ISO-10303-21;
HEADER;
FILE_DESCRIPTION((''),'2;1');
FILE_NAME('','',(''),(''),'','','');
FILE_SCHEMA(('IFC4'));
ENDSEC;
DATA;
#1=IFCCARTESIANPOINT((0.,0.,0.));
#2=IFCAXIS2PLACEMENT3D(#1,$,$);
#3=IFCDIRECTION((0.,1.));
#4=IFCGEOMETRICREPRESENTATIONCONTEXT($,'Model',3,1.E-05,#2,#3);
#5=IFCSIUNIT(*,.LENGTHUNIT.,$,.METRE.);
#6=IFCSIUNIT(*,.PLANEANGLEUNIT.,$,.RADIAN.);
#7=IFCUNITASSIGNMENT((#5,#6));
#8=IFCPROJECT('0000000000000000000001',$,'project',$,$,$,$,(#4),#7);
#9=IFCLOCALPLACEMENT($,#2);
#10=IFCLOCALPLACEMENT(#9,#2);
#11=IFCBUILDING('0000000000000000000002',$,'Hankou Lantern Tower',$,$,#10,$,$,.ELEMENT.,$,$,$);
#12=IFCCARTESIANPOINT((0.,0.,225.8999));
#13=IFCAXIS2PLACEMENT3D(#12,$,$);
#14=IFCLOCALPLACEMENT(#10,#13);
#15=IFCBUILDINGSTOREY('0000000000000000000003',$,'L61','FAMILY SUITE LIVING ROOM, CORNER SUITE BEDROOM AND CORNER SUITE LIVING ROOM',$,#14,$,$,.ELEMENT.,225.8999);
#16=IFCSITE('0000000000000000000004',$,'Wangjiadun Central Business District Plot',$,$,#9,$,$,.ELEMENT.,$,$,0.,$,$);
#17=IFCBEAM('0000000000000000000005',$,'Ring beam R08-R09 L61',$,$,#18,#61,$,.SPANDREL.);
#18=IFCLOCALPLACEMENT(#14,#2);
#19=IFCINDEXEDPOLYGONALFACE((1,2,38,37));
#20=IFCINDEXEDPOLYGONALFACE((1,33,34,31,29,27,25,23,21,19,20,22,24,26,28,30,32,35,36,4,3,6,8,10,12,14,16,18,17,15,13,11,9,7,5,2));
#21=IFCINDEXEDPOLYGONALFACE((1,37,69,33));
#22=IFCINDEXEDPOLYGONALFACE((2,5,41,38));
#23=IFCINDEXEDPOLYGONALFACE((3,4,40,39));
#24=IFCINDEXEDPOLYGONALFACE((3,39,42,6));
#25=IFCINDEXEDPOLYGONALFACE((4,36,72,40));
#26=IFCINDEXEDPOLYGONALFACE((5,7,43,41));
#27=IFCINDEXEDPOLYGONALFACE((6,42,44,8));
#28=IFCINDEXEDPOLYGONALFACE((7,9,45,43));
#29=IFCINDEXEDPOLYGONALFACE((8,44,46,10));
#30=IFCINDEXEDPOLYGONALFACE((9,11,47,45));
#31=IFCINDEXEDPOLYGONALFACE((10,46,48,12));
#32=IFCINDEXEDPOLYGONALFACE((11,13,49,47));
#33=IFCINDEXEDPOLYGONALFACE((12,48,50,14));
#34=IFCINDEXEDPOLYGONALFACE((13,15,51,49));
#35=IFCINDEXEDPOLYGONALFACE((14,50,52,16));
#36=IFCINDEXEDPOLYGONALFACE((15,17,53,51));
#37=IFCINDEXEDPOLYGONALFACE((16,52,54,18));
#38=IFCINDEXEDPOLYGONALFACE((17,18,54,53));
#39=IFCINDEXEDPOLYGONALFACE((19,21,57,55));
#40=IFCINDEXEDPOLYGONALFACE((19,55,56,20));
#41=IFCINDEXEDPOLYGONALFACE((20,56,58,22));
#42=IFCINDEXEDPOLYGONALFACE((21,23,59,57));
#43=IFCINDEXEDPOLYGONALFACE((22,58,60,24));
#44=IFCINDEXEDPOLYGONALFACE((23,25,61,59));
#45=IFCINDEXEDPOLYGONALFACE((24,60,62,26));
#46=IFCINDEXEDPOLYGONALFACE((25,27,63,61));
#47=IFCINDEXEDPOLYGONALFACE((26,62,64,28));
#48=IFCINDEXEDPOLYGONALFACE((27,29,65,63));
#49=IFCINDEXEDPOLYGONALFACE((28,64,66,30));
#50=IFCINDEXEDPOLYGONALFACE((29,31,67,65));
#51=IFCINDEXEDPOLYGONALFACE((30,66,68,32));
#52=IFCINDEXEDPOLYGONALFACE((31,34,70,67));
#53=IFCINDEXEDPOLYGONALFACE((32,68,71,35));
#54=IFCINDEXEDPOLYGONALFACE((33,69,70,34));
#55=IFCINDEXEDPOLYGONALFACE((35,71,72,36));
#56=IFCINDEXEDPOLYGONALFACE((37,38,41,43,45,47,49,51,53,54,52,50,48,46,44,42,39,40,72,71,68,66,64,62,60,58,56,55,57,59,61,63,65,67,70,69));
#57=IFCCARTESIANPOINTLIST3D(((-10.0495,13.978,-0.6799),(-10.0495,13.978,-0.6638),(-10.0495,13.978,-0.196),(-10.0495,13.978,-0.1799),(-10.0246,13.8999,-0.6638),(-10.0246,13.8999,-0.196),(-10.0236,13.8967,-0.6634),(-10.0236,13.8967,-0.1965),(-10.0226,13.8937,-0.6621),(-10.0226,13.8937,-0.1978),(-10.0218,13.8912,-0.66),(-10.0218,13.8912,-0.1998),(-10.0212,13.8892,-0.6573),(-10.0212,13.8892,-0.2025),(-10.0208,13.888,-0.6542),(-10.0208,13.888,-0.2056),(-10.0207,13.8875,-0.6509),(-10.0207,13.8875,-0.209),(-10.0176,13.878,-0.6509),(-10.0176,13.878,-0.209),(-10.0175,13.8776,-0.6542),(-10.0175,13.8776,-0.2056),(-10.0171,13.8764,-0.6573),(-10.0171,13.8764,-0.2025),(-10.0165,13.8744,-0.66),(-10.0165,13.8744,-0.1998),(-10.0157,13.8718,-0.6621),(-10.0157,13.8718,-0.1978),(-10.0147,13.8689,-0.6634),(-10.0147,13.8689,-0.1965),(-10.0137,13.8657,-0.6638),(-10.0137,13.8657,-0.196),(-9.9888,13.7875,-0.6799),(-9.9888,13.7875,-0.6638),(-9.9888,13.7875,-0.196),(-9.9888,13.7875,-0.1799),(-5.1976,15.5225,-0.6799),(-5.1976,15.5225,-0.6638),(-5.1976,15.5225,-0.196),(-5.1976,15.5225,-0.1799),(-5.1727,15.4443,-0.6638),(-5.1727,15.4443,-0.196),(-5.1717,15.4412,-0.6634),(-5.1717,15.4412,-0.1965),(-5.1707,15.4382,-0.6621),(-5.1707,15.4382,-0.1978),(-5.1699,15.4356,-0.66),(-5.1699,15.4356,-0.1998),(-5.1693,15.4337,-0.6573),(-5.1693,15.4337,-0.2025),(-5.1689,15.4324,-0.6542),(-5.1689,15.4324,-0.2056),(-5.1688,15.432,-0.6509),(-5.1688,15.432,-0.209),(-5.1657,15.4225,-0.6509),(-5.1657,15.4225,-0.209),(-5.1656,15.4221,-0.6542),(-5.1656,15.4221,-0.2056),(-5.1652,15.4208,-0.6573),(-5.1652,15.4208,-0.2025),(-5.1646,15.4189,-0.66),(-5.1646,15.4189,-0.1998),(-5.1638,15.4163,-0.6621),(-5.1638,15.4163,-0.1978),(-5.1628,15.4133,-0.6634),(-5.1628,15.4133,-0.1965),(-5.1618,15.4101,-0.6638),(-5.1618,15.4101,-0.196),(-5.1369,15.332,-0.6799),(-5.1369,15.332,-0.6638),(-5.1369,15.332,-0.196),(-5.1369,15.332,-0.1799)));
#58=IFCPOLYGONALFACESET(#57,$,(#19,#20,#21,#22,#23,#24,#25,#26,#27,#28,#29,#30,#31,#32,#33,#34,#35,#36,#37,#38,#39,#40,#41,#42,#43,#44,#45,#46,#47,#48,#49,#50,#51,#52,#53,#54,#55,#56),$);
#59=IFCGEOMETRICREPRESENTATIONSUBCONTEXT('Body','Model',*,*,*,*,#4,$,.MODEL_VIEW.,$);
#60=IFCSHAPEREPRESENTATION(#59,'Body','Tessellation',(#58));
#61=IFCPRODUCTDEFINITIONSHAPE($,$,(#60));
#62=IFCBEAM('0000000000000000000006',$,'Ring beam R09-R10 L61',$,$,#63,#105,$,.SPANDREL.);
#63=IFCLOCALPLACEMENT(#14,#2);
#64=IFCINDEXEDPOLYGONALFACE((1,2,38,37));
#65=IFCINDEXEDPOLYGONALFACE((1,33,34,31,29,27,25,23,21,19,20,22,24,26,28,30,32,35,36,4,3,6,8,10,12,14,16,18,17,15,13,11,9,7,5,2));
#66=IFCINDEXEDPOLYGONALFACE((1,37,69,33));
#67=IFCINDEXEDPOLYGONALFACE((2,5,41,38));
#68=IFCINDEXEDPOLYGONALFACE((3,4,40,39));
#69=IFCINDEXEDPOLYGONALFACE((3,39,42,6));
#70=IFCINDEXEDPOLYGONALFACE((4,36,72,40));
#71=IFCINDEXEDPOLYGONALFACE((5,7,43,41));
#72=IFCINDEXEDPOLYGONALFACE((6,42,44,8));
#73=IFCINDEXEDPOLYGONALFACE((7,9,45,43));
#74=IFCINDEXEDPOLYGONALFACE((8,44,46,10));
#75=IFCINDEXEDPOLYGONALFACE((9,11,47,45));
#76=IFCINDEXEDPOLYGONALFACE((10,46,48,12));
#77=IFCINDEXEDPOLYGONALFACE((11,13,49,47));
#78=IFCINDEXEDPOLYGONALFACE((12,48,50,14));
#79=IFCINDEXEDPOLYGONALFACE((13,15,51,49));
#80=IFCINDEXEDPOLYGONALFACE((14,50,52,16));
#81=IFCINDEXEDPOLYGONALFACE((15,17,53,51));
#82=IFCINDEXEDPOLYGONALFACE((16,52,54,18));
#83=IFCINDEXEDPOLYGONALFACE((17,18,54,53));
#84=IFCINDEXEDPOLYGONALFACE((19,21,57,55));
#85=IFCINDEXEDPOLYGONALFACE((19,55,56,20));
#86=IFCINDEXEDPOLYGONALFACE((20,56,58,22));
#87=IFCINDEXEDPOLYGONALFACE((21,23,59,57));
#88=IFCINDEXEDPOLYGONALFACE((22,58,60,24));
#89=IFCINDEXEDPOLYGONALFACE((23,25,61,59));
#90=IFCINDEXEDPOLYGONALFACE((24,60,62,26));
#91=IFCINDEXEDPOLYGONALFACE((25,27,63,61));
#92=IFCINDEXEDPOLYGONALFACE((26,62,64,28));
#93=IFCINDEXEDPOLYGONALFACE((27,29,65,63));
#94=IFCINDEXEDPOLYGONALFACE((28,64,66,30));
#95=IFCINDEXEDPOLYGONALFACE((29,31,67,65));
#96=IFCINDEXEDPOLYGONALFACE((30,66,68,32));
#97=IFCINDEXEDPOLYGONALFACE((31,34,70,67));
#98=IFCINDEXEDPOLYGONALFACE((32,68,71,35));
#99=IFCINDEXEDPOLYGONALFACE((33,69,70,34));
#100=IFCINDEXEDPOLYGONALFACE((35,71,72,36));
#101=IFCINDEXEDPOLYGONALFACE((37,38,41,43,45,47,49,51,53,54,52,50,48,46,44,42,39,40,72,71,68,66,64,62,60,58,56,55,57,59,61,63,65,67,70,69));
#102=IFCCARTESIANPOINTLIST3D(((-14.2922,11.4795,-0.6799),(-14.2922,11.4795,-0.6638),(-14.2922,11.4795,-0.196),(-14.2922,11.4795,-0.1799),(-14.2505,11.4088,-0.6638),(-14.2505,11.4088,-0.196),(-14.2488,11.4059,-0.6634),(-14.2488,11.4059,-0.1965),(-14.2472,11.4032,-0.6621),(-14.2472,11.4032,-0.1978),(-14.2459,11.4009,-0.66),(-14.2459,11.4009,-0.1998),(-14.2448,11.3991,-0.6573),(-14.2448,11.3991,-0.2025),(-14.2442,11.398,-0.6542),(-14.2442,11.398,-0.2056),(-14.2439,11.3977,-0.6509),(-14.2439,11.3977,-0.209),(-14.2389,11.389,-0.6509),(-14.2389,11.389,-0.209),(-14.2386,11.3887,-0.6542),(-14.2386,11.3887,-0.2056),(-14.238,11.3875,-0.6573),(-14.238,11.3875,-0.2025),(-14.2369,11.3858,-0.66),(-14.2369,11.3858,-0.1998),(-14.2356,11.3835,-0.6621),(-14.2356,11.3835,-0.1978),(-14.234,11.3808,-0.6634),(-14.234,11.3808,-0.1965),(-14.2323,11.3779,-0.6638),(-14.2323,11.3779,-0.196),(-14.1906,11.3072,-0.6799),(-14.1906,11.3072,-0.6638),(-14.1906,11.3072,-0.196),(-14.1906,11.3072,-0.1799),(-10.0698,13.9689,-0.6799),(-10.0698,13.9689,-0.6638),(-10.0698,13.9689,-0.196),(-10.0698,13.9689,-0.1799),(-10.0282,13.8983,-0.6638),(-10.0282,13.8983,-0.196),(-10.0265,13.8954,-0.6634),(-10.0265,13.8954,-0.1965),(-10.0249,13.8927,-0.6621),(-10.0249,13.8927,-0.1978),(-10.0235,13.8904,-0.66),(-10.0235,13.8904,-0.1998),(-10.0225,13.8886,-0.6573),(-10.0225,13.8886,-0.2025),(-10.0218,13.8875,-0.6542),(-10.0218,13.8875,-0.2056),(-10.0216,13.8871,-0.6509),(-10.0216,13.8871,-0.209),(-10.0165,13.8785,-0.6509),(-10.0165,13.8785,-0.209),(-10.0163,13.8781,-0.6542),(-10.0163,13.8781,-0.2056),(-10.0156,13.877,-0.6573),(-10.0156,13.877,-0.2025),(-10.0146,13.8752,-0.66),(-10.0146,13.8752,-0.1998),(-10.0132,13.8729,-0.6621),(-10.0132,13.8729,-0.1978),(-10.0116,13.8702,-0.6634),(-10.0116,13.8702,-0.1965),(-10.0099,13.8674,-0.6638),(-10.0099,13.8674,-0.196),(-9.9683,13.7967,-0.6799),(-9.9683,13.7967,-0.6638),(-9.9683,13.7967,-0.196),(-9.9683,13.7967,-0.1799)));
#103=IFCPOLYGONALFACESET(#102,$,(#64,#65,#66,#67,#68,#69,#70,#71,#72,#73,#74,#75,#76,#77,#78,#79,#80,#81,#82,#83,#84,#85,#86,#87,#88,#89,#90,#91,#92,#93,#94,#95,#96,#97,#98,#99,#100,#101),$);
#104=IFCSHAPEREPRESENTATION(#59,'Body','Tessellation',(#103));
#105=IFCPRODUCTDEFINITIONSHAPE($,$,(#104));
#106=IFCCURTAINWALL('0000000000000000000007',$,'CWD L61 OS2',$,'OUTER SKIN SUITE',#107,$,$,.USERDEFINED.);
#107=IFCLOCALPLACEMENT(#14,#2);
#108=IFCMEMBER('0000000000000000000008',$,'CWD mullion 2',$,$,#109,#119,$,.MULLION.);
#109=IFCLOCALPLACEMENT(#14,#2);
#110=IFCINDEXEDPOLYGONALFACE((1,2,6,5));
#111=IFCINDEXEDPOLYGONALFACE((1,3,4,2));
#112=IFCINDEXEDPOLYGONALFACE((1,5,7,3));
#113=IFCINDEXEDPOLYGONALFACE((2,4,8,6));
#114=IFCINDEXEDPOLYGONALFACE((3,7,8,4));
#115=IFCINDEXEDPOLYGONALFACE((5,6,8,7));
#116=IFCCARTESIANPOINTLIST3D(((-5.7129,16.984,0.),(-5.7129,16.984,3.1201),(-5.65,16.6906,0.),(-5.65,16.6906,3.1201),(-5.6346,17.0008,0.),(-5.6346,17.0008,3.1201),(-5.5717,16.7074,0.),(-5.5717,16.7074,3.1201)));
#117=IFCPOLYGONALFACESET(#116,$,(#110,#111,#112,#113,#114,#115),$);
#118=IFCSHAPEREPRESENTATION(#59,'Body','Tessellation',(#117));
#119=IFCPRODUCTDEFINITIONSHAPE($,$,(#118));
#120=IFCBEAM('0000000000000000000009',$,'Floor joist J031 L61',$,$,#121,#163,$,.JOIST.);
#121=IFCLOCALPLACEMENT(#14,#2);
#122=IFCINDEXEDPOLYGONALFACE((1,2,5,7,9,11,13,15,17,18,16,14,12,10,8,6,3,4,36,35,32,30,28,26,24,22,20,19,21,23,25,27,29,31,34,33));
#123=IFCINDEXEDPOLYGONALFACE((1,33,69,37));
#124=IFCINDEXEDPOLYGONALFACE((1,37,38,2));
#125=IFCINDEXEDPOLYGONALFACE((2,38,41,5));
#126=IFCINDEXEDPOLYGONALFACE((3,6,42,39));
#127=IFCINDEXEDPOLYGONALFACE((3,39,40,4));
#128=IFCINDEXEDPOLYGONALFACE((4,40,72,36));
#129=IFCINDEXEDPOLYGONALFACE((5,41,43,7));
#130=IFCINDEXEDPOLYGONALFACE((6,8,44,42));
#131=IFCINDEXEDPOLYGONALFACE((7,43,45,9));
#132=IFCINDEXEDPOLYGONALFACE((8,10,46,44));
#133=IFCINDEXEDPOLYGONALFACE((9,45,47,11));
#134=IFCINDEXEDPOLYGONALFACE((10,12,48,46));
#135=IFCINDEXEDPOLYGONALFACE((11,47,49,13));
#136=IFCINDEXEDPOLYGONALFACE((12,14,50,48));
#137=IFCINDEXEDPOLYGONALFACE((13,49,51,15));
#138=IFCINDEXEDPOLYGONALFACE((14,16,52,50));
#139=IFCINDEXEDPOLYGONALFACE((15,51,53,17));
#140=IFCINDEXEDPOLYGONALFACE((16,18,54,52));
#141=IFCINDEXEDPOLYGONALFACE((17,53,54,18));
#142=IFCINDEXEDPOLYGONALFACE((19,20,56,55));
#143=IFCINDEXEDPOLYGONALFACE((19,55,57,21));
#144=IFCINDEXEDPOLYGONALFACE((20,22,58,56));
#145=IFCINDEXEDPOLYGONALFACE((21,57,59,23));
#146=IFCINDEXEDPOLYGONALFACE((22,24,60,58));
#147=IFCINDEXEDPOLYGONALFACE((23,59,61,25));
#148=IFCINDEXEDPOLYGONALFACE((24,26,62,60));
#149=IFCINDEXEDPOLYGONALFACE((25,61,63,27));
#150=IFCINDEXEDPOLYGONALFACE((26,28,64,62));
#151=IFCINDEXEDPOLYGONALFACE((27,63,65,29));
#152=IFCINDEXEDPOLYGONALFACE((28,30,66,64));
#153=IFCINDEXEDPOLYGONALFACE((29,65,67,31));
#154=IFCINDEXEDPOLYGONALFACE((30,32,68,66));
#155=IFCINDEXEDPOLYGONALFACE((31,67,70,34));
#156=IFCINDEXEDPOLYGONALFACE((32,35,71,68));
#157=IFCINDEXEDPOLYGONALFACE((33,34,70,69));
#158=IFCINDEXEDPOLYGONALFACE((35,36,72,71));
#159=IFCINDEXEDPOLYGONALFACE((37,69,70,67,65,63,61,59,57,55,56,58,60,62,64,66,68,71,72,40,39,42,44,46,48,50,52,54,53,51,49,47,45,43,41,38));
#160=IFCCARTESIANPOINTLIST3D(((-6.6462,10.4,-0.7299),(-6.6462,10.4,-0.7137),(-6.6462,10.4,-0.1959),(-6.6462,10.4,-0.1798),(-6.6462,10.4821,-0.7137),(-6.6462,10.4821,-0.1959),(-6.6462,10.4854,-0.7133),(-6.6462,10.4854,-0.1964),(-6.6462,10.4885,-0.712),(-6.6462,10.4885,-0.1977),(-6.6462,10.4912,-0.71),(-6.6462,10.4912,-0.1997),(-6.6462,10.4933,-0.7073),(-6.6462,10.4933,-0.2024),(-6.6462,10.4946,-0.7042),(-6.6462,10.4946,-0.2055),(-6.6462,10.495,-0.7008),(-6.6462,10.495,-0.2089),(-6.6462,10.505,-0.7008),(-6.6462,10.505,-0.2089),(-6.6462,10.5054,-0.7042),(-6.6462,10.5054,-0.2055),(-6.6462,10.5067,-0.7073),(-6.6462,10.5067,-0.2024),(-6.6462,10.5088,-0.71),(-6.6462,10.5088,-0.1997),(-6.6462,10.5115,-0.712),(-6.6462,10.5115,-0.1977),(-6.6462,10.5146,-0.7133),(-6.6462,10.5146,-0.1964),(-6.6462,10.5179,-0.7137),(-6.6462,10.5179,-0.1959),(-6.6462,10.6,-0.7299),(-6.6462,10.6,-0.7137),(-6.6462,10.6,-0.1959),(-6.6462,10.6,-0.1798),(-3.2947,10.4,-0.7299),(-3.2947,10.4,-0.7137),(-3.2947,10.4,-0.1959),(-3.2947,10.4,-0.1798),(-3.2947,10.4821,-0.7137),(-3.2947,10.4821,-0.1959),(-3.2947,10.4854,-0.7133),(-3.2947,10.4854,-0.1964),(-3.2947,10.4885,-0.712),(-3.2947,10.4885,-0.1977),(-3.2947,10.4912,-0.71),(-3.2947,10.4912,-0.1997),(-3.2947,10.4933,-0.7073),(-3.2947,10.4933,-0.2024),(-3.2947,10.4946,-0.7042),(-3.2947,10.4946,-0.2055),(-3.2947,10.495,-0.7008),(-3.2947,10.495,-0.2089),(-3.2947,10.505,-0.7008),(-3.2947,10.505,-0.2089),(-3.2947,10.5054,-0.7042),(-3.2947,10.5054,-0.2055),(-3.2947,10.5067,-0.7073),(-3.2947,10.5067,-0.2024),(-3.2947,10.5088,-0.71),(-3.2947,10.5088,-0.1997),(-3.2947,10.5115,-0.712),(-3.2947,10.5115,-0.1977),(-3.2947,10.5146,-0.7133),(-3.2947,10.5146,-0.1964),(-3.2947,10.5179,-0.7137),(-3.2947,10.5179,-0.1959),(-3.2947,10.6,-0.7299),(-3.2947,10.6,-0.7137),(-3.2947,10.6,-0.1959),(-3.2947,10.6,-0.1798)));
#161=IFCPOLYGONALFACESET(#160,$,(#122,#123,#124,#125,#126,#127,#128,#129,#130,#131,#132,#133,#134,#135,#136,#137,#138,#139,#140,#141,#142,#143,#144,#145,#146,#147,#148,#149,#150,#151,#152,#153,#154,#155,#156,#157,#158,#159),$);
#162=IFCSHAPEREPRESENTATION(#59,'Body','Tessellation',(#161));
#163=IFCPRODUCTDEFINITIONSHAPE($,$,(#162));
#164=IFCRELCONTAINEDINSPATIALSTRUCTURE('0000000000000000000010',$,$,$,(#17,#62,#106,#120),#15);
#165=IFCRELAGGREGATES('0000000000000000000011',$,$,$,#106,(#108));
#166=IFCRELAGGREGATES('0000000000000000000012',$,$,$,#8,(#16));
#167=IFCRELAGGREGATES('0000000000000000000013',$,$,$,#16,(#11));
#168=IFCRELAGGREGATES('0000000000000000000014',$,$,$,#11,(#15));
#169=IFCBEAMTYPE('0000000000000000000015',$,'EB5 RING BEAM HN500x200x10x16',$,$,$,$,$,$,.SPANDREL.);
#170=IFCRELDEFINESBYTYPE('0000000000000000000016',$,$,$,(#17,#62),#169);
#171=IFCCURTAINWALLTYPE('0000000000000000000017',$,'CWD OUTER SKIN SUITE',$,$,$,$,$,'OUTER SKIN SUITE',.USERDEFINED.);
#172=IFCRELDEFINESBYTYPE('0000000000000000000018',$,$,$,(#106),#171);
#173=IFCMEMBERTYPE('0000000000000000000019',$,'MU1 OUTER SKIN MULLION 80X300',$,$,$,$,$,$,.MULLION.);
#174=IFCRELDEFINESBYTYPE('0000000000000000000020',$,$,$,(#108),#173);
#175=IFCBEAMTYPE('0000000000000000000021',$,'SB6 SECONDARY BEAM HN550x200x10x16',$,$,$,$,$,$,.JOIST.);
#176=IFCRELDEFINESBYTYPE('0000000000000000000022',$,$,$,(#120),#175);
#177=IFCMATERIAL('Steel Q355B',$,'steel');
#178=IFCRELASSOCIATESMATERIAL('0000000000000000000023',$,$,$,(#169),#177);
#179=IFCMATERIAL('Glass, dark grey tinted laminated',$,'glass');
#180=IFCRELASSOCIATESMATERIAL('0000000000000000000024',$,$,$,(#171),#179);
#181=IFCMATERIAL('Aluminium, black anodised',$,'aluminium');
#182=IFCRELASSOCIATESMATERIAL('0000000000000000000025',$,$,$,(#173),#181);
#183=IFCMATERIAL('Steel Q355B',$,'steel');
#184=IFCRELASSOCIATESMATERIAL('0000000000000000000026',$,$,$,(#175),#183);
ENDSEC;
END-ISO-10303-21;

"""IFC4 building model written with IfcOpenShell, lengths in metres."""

from ifc_helpers import new_model, si_unit, direction, frame, origin, origin_2d, place, context, subcontext, project, spatial, rectangle, i_section, extrude, material, material_profile, profile_set, type_object, element, aggregate, save


model = new_model("IFC4")

# Units and contexts
model_context = context("Model", 3, precision=1e-05, world=origin(), true_north=direction((0.0, 1.0)))
body_context = subcontext(model_context, "Body", "Model", "MODEL_VIEW")
ifc_project = project(units=[si_unit("LENGTHUNIT", "METRE"), si_unit("PLANEANGLEUNIT", "RADIAN")], contexts=[model_context])

# Site, building, storey
site_placement = place(None, origin())
site = spatial("IfcSite", under=ifc_project, at=site_placement, Name="Wangjiadun Central Business District Plot", CompositionType="ELEMENT", RefElevation=0.0)
building_placement = place(site_placement, origin())
building = spatial("IfcBuilding", under=site, at=building_placement, Name="Hankou Lantern Tower", CompositionType="ELEMENT")
storey_placement = place(building_placement, frame((0.0, 0.0, 225.8999)))
storey = spatial("IfcBuildingStorey", under=building, at=storey_placement, Name="L61", Description="FAMILY SUITE LIVING ROOM, CORNER SUITE BEDROOM AND CORNER SUITE LIVING ROOM", CompositionType="ELEMENT", Elevation=225.8999)

# Beams
ifc_material_1 = material(Name="Steel Q355B", Category="steel")
ifc_material_profile_1 = material_profile(ifc_material_1, i_section(OverallWidth=0.2, OverallDepth=0.5, WebThickness=0.01, FlangeThickness=0.0161, FilletRadius=0.0129, at=origin_2d()), Name="HN500x200x10x16")
ifc_profile_set_1 = profile_set([ifc_material_profile_1], Name="Steel Q355B")
beam_type_1 = type_object("IfcBeamType", Name="EB5 RING BEAM HN500x200x10x16", PredefinedType="SPANDREL", material=ifc_profile_set_1)
beam_1_placement = place(storey_placement, frame((-5.1672, 15.4272, -0.4299), z_axis=(-0.952887, -0.303324, 0.0), x_axis=(0.303324, -0.952887, 0.0)))
element("IfcBeam", 1, at=beam_1_placement, inside=storey, type_object=beam_type_1, Name="Ring beam R08-R09 L61", PredefinedType="SPANDREL", context=body_context, shape_type="SweptSolid", body=[
    extrude(i_section(OverallWidth=0.2, OverallDepth=0.5, WebThickness=0.01, FlangeThickness=0.0161, FilletRadius=0.0129, at=origin_2d()), origin(), (0.0, 0.0, 1.0), 5.0918),
])
beam_2_placement = place(storey_placement, frame((-10.019, 13.8828, -0.4299), z_axis=(-0.861423, -0.507888, 0.0), x_axis=(0.507888, -0.861423, 0.0)))
element("IfcBeam", 2, at=beam_2_placement, inside=storey, type_object=beam_type_1, Name="Ring beam R09-R10 L61", PredefinedType="SPANDREL", context=body_context, shape_type="SweptSolid", body=[
    extrude(i_section(OverallWidth=0.2, OverallDepth=0.5, WebThickness=0.01, FlangeThickness=0.0161, FilletRadius=0.0129, at=origin_2d()), origin(), (0.0, 0.0, 1.0), 4.9016),
])

# Curtain wall, member
ifc_material_2 = material(Name="Glass, dark grey tinted laminated", Category="glass")
curtain_wall_type = type_object("IfcCurtainWallType", Name="CWD OUTER SKIN SUITE", ElementType="OUTER SKIN SUITE", PredefinedType="USERDEFINED", material=ifc_material_2)
curtain_wall_placement = place(storey_placement, origin())
curtain_wall = element("IfcCurtainWall", 3, at=curtain_wall_placement, inside=storey, type_object=curtain_wall_type, Name="CWD L61 OS2", ObjectType="OUTER SKIN SUITE", PredefinedType="USERDEFINED")
ifc_material_3 = material(Name="Aluminium, black anodised", Category="aluminium")
ifc_material_profile_2 = material_profile(ifc_material_3, rectangle(XDim=0.0801, YDim=0.3, at=origin_2d()), Name="MU1 80X300")
ifc_profile_set_2 = profile_set([ifc_material_profile_2], Name="Aluminium, black anodised")
member_type_1 = type_object("IfcMemberType", Name="MU1 OUTER SKIN MULLION 80X300", PredefinedType="MULLION", material=ifc_profile_set_2)
member_1_placement = place(storey_placement, frame((-5.6423, 16.8457, 0.0), z_axis=(0.0, 0.0, 1.0), x_axis=(-0.977788, -0.209598, 0.0)))
member_1 = element("IfcMember", 4, at=member_1_placement, type_object=member_type_1, Name="CWD mullion 2", PredefinedType="MULLION", context=body_context, shape_type="SweptSolid", body=[
    extrude(rectangle(XDim=0.0801, YDim=0.3, at=origin_2d()), origin(), (0.0, 0.0, 1.0), 3.1201),
])

# Beam
ifc_material_4 = material(Name="Steel Q355B", Category="steel")
ifc_material_profile_3 = material_profile(ifc_material_4, i_section(OverallWidth=0.2, OverallDepth=0.55, WebThickness=0.01, FlangeThickness=0.0161, FilletRadius=0.0129, at=origin_2d()), Name="HN550x200x10x16")
ifc_profile_set_3 = profile_set([ifc_material_profile_3], Name="Steel Q355B")
beam_type_2 = type_object("IfcBeamType", Name="SB6 SECONDARY BEAM HN550x200x10x16", PredefinedType="JOIST", material=ifc_profile_set_3)
beam_3_placement = place(storey_placement, frame((-6.6462, 10.5, -0.4548), z_axis=(1.0, 0.0, 0.0), x_axis=(0.0, 1.0, 0.0)))
element("IfcBeam", 5, at=beam_3_placement, inside=storey, type_object=beam_type_2, Name="Floor joist J031 L61", PredefinedType="JOIST", context=body_context, shape_type="SweptSolid", body=[
    extrude(i_section(OverallWidth=0.2, OverallDepth=0.55, WebThickness=0.01, FlangeThickness=0.0161, FilletRadius=0.0129, at=origin_2d()), origin(), (0.0, 0.0, 1.0), 3.3516),
])

aggregate(curtain_wall, [member_1])

save(model, "model.ifc")
